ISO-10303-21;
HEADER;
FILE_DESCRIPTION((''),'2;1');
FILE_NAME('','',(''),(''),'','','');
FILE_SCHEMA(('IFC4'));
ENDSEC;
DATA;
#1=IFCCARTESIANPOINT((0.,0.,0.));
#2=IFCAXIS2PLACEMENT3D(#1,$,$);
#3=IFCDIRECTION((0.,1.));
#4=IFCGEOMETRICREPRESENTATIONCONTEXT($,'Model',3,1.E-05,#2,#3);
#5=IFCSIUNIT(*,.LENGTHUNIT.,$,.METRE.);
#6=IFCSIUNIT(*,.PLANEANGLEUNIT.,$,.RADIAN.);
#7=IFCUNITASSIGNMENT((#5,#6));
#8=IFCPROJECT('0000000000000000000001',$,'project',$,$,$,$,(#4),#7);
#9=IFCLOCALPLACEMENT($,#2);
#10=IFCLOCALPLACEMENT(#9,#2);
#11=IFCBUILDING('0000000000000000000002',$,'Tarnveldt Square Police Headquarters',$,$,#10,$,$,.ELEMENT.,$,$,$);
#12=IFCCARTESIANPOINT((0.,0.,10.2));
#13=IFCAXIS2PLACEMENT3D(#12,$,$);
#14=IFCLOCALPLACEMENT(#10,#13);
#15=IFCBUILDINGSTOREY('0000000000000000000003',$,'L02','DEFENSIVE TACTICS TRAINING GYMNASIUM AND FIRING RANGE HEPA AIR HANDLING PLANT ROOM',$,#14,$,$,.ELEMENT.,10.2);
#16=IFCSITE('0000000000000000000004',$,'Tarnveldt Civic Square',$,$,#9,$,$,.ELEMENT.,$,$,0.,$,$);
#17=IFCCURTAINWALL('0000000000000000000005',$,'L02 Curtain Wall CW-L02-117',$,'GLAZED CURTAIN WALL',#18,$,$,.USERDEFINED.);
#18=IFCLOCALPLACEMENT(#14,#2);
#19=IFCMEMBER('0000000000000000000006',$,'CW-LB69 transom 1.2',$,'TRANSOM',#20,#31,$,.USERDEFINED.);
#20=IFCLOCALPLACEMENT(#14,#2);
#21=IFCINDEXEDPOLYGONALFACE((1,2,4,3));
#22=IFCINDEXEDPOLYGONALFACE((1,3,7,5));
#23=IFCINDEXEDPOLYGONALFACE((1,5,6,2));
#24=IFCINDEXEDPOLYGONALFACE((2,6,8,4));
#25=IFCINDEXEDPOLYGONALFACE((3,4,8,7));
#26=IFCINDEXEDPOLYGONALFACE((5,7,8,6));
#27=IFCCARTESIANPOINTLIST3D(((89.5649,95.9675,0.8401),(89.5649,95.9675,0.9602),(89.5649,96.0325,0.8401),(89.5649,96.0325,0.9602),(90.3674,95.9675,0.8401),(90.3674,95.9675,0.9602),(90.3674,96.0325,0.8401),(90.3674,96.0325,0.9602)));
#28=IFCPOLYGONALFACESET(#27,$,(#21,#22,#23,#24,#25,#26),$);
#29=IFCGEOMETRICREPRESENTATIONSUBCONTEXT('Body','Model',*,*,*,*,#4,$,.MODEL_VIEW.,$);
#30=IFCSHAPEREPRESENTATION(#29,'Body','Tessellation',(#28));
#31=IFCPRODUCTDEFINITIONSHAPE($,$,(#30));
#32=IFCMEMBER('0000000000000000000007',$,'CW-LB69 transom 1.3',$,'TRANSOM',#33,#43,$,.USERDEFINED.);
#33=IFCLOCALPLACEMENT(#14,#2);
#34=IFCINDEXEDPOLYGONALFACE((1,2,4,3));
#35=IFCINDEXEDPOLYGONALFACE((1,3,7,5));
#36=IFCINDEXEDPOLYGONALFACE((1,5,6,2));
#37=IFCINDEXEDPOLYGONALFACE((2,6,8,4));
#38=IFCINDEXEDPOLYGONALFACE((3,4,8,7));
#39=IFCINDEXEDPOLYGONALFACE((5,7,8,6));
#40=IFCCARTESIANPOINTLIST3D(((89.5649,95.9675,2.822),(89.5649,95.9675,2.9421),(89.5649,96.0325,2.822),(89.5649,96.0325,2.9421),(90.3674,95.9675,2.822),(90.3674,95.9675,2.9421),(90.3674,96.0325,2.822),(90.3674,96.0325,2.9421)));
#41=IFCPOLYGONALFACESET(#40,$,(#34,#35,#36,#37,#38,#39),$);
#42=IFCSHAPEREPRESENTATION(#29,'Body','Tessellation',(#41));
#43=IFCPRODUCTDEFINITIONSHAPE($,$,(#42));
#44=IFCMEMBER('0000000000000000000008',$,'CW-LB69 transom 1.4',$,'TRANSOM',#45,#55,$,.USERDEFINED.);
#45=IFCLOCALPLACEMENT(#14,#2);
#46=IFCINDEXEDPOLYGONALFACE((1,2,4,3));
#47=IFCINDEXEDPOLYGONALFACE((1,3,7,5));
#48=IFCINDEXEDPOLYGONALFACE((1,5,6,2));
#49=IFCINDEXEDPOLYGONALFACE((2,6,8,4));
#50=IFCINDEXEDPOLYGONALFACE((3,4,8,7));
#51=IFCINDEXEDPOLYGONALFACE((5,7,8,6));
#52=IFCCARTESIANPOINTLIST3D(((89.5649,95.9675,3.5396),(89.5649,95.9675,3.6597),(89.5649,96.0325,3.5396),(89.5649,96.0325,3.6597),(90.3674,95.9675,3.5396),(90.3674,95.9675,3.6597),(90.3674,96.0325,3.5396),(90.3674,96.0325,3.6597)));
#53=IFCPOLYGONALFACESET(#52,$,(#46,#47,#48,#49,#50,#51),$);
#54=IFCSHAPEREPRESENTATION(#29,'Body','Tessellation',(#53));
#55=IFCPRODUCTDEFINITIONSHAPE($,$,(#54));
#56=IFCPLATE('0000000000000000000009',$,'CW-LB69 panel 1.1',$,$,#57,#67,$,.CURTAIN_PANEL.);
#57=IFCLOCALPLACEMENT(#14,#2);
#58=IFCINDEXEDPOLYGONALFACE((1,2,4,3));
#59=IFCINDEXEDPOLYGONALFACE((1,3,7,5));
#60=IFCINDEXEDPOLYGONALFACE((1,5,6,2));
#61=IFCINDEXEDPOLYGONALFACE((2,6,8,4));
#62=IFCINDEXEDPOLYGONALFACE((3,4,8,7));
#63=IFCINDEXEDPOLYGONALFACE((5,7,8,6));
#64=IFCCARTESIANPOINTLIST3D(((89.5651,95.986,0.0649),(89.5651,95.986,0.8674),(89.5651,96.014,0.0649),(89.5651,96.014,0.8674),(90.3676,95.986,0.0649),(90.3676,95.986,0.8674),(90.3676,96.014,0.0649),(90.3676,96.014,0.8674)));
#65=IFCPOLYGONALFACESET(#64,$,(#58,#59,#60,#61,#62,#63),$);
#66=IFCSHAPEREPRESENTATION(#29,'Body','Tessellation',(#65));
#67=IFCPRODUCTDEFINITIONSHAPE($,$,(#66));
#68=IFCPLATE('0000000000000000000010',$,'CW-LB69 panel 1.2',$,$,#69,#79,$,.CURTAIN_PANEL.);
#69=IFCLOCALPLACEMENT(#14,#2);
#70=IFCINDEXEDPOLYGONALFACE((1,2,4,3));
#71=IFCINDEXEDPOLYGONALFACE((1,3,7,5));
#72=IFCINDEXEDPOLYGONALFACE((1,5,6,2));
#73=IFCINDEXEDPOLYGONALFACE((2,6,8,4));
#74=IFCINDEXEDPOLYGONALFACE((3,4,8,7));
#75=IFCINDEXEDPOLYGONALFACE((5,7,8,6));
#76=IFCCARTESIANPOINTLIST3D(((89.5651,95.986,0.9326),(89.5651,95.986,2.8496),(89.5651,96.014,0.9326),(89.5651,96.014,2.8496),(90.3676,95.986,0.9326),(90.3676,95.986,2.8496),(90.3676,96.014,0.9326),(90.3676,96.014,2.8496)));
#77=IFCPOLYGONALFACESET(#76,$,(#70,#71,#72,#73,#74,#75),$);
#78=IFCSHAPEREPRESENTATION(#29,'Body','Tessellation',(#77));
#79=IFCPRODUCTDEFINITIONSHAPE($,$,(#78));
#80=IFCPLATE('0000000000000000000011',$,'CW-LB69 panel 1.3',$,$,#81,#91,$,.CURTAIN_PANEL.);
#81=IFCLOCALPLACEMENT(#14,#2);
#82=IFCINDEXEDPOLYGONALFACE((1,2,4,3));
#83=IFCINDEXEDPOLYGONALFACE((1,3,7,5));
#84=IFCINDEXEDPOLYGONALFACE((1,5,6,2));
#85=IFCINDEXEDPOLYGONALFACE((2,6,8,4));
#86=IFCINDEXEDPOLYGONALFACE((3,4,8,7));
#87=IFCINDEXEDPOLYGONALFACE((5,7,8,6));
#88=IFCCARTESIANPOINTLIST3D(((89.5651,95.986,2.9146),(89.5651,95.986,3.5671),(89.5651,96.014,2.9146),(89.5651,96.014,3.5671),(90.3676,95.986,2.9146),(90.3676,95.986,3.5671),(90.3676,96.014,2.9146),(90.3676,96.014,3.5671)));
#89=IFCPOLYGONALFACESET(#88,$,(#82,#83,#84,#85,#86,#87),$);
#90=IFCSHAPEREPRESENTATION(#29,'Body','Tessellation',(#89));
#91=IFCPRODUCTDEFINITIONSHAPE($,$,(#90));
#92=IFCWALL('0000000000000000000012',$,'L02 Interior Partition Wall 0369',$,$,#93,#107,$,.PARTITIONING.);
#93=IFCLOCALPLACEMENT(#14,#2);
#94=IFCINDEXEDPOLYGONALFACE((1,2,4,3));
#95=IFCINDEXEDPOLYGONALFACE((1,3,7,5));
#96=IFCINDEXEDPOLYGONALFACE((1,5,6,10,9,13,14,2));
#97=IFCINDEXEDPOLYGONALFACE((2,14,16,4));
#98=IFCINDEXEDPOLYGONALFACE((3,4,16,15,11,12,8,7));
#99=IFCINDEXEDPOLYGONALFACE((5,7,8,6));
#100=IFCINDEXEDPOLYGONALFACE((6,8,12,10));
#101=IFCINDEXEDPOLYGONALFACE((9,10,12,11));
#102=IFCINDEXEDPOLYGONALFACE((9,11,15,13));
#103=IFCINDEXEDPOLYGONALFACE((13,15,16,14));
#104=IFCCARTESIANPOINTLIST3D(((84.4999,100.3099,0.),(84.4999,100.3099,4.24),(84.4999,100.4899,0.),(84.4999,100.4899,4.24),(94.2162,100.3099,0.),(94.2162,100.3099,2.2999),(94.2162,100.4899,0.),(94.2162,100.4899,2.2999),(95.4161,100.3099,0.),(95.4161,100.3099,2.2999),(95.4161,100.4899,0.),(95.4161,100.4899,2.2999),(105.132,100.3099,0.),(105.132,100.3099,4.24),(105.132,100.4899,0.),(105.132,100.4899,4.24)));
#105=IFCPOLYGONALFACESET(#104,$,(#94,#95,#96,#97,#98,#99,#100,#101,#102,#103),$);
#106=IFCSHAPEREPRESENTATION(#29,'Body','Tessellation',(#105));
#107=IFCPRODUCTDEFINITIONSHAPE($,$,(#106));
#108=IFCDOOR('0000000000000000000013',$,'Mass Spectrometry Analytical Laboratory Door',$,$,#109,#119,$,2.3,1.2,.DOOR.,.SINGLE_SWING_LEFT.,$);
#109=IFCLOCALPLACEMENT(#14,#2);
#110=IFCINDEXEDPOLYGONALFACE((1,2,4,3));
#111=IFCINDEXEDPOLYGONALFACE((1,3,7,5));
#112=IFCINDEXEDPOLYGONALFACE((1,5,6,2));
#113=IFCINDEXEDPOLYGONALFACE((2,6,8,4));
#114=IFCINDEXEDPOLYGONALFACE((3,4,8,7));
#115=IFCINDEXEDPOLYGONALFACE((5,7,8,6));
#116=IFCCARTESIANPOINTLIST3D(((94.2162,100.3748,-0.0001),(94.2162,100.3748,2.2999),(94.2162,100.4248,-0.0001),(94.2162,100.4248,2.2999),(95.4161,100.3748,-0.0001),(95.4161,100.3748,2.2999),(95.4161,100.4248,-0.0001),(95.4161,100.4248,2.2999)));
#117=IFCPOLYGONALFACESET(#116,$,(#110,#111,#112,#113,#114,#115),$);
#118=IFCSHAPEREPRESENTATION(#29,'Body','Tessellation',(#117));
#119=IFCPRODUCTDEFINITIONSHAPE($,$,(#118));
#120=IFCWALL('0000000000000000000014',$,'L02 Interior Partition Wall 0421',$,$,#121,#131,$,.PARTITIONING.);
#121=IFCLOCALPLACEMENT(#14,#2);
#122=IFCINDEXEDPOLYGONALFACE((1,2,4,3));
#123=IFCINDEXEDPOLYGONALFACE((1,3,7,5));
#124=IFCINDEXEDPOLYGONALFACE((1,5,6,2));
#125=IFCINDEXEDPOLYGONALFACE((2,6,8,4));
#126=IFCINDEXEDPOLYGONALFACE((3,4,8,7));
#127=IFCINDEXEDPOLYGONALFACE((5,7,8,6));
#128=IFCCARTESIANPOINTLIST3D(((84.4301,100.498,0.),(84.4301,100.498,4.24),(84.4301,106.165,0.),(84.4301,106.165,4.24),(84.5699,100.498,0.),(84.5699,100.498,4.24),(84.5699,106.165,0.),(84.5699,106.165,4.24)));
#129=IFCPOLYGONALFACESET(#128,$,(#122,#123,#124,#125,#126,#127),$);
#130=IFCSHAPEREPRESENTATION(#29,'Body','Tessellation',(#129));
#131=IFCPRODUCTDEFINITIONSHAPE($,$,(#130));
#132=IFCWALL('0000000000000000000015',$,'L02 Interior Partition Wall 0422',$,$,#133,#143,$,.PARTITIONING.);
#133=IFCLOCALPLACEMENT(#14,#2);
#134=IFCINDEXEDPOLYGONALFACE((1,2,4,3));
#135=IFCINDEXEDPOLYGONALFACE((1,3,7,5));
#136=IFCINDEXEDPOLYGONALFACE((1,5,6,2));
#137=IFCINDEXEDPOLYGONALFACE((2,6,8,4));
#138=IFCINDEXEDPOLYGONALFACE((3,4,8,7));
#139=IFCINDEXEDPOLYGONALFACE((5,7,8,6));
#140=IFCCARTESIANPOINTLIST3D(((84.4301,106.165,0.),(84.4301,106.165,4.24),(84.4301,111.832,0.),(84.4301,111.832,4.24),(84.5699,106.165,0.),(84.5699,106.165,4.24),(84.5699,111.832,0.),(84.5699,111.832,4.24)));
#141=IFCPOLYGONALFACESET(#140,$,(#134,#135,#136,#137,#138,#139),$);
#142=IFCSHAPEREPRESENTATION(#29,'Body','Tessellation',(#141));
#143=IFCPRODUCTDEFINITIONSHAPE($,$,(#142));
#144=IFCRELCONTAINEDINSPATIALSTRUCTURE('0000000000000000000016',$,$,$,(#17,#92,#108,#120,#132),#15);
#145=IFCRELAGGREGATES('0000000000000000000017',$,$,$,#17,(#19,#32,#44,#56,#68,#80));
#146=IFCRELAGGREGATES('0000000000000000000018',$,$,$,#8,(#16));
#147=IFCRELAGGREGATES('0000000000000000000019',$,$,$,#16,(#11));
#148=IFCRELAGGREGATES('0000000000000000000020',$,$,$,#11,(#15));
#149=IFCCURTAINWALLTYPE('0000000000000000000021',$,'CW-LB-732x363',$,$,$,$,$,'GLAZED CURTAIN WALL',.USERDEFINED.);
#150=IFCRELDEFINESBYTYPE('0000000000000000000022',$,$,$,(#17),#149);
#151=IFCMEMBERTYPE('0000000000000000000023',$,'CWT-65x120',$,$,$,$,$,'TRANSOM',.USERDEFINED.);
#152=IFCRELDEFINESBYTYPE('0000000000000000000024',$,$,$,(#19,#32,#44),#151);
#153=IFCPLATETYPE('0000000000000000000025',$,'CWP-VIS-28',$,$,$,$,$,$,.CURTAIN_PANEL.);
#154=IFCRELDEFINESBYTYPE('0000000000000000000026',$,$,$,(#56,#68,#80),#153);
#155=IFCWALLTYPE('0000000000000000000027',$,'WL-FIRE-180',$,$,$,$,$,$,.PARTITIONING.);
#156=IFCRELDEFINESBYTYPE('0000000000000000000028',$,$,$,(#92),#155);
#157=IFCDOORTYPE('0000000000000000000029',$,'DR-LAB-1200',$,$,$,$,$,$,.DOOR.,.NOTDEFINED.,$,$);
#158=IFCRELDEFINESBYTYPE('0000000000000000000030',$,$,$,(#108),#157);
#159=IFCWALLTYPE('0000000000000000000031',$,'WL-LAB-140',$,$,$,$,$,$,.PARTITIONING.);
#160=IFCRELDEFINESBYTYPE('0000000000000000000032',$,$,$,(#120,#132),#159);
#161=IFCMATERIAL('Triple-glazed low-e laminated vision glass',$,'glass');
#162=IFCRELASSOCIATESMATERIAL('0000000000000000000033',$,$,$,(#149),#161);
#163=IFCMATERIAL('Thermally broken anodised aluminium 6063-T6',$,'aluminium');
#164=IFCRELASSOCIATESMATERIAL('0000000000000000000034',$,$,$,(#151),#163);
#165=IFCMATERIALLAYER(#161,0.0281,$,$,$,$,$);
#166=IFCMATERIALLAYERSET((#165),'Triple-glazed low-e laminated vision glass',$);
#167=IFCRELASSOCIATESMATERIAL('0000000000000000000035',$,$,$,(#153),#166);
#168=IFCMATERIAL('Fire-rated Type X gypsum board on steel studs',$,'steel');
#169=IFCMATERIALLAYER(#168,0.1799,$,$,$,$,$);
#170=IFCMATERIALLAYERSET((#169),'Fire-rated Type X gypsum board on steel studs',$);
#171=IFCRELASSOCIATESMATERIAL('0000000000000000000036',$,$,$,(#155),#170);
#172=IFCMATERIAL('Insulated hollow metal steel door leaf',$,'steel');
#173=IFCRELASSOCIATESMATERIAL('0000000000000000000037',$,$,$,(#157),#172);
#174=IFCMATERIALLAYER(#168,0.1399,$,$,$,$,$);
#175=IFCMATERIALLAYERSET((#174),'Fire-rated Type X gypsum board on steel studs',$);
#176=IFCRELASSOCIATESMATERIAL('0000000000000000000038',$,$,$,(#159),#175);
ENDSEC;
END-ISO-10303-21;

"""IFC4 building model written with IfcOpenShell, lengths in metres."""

from ifc_helpers import new_model, si_unit, direction, frame, frame_2d, origin, origin_2d, place, context, subcontext, project, spatial, rectangle, extrude, material, layer, layer_set, material_profile, profile_set, type_object, element, fill, aggregate, save


model = new_model("IFC4")

# Units and contexts
model_context = context("Model", 3, precision=1e-05, world=origin(), true_north=direction((0.0, 1.0)))
body_context = subcontext(model_context, "Body", "Model", "MODEL_VIEW")
ifc_project = project(units=[si_unit("LENGTHUNIT", "METRE"), si_unit("PLANEANGLEUNIT", "RADIAN")], contexts=[model_context])

# Site, building, storey
site_placement = place(None, origin())
site = spatial("IfcSite", under=ifc_project, at=site_placement, Name="Tarnveldt Civic Square", CompositionType="ELEMENT", RefElevation=0.0)
building_placement = place(site_placement, origin())
building = spatial("IfcBuilding", under=site, at=building_placement, Name="Tarnveldt Square Police Headquarters", CompositionType="ELEMENT")
storey_placement = place(building_placement, frame((0.0, 0.0, 10.2)))
storey = spatial("IfcBuildingStorey", under=building, at=storey_placement, Name="L02", Description="DEFENSIVE TACTICS TRAINING GYMNASIUM AND FIRING RANGE HEPA AIR HANDLING PLANT ROOM", CompositionType="ELEMENT", Elevation=10.2)

# Curtain wall, members, plates
ifc_material_1 = material(Name="Triple-glazed low-e laminated vision glass", Category="glass")
curtain_wall_type = type_object("IfcCurtainWallType", Name="CW-LB-732x363", ElementType="GLAZED CURTAIN WALL", PredefinedType="USERDEFINED", material=ifc_material_1)
curtain_wall_placement = place(storey_placement, origin())
curtain_wall = element("IfcCurtainWall", 1, at=curtain_wall_placement, inside=storey, type_object=curtain_wall_type, Name="L02 Curtain Wall CW-L02-117", ObjectType="GLAZED CURTAIN WALL", PredefinedType="USERDEFINED")
ifc_material_2 = material(Name="Thermally broken anodised aluminium 6063-T6", Category="aluminium")
ifc_material_profile_1 = material_profile(ifc_material_2, rectangle(XDim=0.0649, YDim=0.1201, at=origin_2d()), Name="CW-T65x120")
ifc_profile_set_1 = profile_set([ifc_material_profile_1], Name="Thermally broken anodised aluminium 6063-T6")
member_type_1 = type_object("IfcMemberType", Name="CWT-65x120", ElementType="TRANSOM", PredefinedType="USERDEFINED", material=ifc_profile_set_1)
member_1_placement = place(storey_placement, frame((89.5649, 96.0, 0.9001), z_axis=(1.0, 0.0, 0.0), x_axis=(0.0, 1.0, 0.0)))
member_1 = element("IfcMember", 2, at=member_1_placement, type_object=member_type_1, Name="CW-LB69 transom 1.2", ObjectType="TRANSOM", PredefinedType="USERDEFINED", context=body_context, shape_type="SweptSolid", body=[
    extrude(rectangle(XDim=0.0649, YDim=0.1201, at=origin_2d()), origin(), (0.0, 0.0, 1.0), 0.8025),
])
member_2_placement = place(storey_placement, frame((89.5649, 96.0, 2.8821), z_axis=(1.0, 0.0, 0.0), x_axis=(0.0, 1.0, 0.0)))
member_2 = element("IfcMember", 3, at=member_2_placement, type_object=member_type_1, Name="CW-LB69 transom 1.3", ObjectType="TRANSOM", PredefinedType="USERDEFINED", context=body_context, shape_type="SweptSolid", body=[
    extrude(rectangle(XDim=0.0649, YDim=0.1201, at=origin_2d()), origin(), (0.0, 0.0, 1.0), 0.8025),
])
member_3_placement = place(storey_placement, frame((89.5649, 96.0, 3.5996), z_axis=(1.0, 0.0, 0.0), x_axis=(0.0, 1.0, 0.0)))
member_3 = element("IfcMember", 4, at=member_3_placement, type_object=member_type_1, Name="CW-LB69 transom 1.4", ObjectType="TRANSOM", PredefinedType="USERDEFINED", context=body_context, shape_type="SweptSolid", body=[
    extrude(rectangle(XDim=0.0649, YDim=0.1201, at=origin_2d()), origin(), (0.0, 0.0, 1.0), 0.8025),
])
ifc_layer_1 = layer(ifc_material_1, 0.0281)
ifc_layer_set_1 = layer_set([ifc_layer_1], Name="Triple-glazed low-e laminated vision glass")
plate_type = type_object("IfcPlateType", Name="CWP-VIS-28", PredefinedType="CURTAIN_PANEL", material=ifc_layer_set_1)
plate_1_placement = place(storey_placement, frame((89.9663, 96.0, 0.0649), z_axis=(0.0, 0.0, 1.0), x_axis=(1.0, 0.0, 0.0)))
plate_1 = element("IfcPlate", 5, at=plate_1_placement, type_object=plate_type, Name="CW-LB69 panel 1.1", PredefinedType="CURTAIN_PANEL", context=body_context, shape_type="SweptSolid", body=[
    extrude(rectangle(XDim=0.8025, YDim=0.0281, at=origin_2d()), origin(), (0.0, 0.0, 1.0), 0.8025),
])
plate_2_placement = place(storey_placement, frame((89.9663, 96.0, 0.9326), z_axis=(0.0, 0.0, 1.0), x_axis=(1.0, 0.0, 0.0)))
plate_2 = element("IfcPlate", 6, at=plate_2_placement, type_object=plate_type, Name="CW-LB69 panel 1.2", PredefinedType="CURTAIN_PANEL", context=body_context, shape_type="SweptSolid", body=[
    extrude(rectangle(XDim=0.8025, YDim=0.0281, at=origin_2d()), origin(), (0.0, 0.0, 1.0), 1.917),
])
plate_3_placement = place(storey_placement, frame((89.9663, 96.0, 2.9146), z_axis=(0.0, 0.0, 1.0), x_axis=(1.0, 0.0, 0.0)))
plate_3 = element("IfcPlate", 7, at=plate_3_placement, type_object=plate_type, Name="CW-LB69 panel 1.3", PredefinedType="CURTAIN_PANEL", context=body_context, shape_type="SweptSolid", body=[
    extrude(rectangle(XDim=0.8025, YDim=0.0281, at=origin_2d()), origin(), (0.0, 0.0, 1.0), 0.6526),
])
aggregate(curtain_wall, [member_1, member_2, member_3, plate_1, plate_2, plate_3])

# Wall, opening, door
ifc_material_3 = material(Name="Fire-rated Type X gypsum board on steel studs", Category="steel")
ifc_layer_2 = layer(ifc_material_3, 0.1799)
ifc_layer_set_2 = layer_set([ifc_layer_2], Name="Fire-rated Type X gypsum board on steel studs")
wall_type_1 = type_object("IfcWallType", Name="WL-FIRE-180", PredefinedType="PARTITIONING", material=ifc_layer_set_2)
wall_placement = place(storey_placement, frame((84.5, 100.3999, 0.0), z_axis=(0.0, 0.0, 1.0), x_axis=(1.0, 0.0, 0.0)))
wall = element("IfcWall", 8, at=wall_placement, inside=storey, type_object=wall_type_1, Name="L02 Interior Partition Wall 0369", PredefinedType="PARTITIONING", context=body_context, shape_type="SweptSolid", body=[
    extrude(rectangle(XDim=20.6321, YDim=0.1799, at=frame_2d((10.3159, 0.0))), origin(), (0.0, 0.0, 1.0), 4.24),
])
opening_placement = place(wall_placement, frame((9.7161, 0.0, 0.0)))
opening = element("IfcOpeningElement", 9, at=opening_placement, cuts=wall, PredefinedType="OPENING", context=body_context, shape_type="SweptSolid", body=[
    extrude(rectangle(XDim=1.2, YDim=2.3, at=frame_2d((0.6001, 1.1499))), frame((0.0, 0.0999, 0.0), z_axis=(0.0, -1.0, 0.0), x_axis=(1.0, 0.0, 0.0)), (0.0, 0.0, 1.0), 0.2),
])
ifc_material_4 = material(Name="Insulated hollow metal steel door leaf", Category="steel")
door_type = type_object("IfcDoorType", Name="DR-LAB-1200", OperationType="NOTDEFINED", PredefinedType="DOOR", material=ifc_material_4)
door_placement = place(opening_placement, origin())
door = element("IfcDoor", 10, at=door_placement, inside=storey, type_object=door_type, Name="Mass Spectrometry Analytical Laboratory Door", OperationType="SINGLE_SWING_LEFT", OverallHeight=2.3, OverallWidth=1.2, PredefinedType="DOOR", context=body_context, shape_type="SweptSolid", body=[
    extrude(rectangle(XDim=1.2, YDim=2.3, at=frame_2d((0.6001, 1.1499))), frame((0.0, 0.0249, 0.0), z_axis=(0.0, -1.0, 0.0), x_axis=(1.0, 0.0, 0.0)), (0.0, 0.0, 1.0), 0.05),
])
fill(opening, door)

# Walls
ifc_layer_3 = layer(ifc_material_3, 0.1399)
ifc_layer_set_3 = layer_set([ifc_layer_3], Name="Fire-rated Type X gypsum board on steel studs")
wall_type_2 = type_object("IfcWallType", Name="WL-LAB-140", PredefinedType="PARTITIONING", material=ifc_layer_set_3)
for number, where, z_axis, x_axis, name in (
    (11, (84.5, 100.498, 0.0), (0.0, 0.0, 1.0), (0.0, 1.0, 0.0), "L02 Interior Partition Wall 0421"),
    (12, (84.5, 106.165, 0.0), (0.0, 0.0, 1.0), (0.0, 1.0, 0.0), "L02 Interior Partition Wall 0422"),
):
    element("IfcWall", number, at=place(storey_placement, frame(where, z_axis=z_axis, x_axis=x_axis)), inside=storey, type_object=wall_type_2, Name=name, PredefinedType="PARTITIONING", context=body_context, shape_type="SweptSolid", body=[
        extrude(rectangle(XDim=5.667, YDim=0.1399, at=frame_2d((2.8335, 0.0))), origin(), (0.0, 0.0, 1.0), 4.24),
    ])

save(model, "model.ifc")
